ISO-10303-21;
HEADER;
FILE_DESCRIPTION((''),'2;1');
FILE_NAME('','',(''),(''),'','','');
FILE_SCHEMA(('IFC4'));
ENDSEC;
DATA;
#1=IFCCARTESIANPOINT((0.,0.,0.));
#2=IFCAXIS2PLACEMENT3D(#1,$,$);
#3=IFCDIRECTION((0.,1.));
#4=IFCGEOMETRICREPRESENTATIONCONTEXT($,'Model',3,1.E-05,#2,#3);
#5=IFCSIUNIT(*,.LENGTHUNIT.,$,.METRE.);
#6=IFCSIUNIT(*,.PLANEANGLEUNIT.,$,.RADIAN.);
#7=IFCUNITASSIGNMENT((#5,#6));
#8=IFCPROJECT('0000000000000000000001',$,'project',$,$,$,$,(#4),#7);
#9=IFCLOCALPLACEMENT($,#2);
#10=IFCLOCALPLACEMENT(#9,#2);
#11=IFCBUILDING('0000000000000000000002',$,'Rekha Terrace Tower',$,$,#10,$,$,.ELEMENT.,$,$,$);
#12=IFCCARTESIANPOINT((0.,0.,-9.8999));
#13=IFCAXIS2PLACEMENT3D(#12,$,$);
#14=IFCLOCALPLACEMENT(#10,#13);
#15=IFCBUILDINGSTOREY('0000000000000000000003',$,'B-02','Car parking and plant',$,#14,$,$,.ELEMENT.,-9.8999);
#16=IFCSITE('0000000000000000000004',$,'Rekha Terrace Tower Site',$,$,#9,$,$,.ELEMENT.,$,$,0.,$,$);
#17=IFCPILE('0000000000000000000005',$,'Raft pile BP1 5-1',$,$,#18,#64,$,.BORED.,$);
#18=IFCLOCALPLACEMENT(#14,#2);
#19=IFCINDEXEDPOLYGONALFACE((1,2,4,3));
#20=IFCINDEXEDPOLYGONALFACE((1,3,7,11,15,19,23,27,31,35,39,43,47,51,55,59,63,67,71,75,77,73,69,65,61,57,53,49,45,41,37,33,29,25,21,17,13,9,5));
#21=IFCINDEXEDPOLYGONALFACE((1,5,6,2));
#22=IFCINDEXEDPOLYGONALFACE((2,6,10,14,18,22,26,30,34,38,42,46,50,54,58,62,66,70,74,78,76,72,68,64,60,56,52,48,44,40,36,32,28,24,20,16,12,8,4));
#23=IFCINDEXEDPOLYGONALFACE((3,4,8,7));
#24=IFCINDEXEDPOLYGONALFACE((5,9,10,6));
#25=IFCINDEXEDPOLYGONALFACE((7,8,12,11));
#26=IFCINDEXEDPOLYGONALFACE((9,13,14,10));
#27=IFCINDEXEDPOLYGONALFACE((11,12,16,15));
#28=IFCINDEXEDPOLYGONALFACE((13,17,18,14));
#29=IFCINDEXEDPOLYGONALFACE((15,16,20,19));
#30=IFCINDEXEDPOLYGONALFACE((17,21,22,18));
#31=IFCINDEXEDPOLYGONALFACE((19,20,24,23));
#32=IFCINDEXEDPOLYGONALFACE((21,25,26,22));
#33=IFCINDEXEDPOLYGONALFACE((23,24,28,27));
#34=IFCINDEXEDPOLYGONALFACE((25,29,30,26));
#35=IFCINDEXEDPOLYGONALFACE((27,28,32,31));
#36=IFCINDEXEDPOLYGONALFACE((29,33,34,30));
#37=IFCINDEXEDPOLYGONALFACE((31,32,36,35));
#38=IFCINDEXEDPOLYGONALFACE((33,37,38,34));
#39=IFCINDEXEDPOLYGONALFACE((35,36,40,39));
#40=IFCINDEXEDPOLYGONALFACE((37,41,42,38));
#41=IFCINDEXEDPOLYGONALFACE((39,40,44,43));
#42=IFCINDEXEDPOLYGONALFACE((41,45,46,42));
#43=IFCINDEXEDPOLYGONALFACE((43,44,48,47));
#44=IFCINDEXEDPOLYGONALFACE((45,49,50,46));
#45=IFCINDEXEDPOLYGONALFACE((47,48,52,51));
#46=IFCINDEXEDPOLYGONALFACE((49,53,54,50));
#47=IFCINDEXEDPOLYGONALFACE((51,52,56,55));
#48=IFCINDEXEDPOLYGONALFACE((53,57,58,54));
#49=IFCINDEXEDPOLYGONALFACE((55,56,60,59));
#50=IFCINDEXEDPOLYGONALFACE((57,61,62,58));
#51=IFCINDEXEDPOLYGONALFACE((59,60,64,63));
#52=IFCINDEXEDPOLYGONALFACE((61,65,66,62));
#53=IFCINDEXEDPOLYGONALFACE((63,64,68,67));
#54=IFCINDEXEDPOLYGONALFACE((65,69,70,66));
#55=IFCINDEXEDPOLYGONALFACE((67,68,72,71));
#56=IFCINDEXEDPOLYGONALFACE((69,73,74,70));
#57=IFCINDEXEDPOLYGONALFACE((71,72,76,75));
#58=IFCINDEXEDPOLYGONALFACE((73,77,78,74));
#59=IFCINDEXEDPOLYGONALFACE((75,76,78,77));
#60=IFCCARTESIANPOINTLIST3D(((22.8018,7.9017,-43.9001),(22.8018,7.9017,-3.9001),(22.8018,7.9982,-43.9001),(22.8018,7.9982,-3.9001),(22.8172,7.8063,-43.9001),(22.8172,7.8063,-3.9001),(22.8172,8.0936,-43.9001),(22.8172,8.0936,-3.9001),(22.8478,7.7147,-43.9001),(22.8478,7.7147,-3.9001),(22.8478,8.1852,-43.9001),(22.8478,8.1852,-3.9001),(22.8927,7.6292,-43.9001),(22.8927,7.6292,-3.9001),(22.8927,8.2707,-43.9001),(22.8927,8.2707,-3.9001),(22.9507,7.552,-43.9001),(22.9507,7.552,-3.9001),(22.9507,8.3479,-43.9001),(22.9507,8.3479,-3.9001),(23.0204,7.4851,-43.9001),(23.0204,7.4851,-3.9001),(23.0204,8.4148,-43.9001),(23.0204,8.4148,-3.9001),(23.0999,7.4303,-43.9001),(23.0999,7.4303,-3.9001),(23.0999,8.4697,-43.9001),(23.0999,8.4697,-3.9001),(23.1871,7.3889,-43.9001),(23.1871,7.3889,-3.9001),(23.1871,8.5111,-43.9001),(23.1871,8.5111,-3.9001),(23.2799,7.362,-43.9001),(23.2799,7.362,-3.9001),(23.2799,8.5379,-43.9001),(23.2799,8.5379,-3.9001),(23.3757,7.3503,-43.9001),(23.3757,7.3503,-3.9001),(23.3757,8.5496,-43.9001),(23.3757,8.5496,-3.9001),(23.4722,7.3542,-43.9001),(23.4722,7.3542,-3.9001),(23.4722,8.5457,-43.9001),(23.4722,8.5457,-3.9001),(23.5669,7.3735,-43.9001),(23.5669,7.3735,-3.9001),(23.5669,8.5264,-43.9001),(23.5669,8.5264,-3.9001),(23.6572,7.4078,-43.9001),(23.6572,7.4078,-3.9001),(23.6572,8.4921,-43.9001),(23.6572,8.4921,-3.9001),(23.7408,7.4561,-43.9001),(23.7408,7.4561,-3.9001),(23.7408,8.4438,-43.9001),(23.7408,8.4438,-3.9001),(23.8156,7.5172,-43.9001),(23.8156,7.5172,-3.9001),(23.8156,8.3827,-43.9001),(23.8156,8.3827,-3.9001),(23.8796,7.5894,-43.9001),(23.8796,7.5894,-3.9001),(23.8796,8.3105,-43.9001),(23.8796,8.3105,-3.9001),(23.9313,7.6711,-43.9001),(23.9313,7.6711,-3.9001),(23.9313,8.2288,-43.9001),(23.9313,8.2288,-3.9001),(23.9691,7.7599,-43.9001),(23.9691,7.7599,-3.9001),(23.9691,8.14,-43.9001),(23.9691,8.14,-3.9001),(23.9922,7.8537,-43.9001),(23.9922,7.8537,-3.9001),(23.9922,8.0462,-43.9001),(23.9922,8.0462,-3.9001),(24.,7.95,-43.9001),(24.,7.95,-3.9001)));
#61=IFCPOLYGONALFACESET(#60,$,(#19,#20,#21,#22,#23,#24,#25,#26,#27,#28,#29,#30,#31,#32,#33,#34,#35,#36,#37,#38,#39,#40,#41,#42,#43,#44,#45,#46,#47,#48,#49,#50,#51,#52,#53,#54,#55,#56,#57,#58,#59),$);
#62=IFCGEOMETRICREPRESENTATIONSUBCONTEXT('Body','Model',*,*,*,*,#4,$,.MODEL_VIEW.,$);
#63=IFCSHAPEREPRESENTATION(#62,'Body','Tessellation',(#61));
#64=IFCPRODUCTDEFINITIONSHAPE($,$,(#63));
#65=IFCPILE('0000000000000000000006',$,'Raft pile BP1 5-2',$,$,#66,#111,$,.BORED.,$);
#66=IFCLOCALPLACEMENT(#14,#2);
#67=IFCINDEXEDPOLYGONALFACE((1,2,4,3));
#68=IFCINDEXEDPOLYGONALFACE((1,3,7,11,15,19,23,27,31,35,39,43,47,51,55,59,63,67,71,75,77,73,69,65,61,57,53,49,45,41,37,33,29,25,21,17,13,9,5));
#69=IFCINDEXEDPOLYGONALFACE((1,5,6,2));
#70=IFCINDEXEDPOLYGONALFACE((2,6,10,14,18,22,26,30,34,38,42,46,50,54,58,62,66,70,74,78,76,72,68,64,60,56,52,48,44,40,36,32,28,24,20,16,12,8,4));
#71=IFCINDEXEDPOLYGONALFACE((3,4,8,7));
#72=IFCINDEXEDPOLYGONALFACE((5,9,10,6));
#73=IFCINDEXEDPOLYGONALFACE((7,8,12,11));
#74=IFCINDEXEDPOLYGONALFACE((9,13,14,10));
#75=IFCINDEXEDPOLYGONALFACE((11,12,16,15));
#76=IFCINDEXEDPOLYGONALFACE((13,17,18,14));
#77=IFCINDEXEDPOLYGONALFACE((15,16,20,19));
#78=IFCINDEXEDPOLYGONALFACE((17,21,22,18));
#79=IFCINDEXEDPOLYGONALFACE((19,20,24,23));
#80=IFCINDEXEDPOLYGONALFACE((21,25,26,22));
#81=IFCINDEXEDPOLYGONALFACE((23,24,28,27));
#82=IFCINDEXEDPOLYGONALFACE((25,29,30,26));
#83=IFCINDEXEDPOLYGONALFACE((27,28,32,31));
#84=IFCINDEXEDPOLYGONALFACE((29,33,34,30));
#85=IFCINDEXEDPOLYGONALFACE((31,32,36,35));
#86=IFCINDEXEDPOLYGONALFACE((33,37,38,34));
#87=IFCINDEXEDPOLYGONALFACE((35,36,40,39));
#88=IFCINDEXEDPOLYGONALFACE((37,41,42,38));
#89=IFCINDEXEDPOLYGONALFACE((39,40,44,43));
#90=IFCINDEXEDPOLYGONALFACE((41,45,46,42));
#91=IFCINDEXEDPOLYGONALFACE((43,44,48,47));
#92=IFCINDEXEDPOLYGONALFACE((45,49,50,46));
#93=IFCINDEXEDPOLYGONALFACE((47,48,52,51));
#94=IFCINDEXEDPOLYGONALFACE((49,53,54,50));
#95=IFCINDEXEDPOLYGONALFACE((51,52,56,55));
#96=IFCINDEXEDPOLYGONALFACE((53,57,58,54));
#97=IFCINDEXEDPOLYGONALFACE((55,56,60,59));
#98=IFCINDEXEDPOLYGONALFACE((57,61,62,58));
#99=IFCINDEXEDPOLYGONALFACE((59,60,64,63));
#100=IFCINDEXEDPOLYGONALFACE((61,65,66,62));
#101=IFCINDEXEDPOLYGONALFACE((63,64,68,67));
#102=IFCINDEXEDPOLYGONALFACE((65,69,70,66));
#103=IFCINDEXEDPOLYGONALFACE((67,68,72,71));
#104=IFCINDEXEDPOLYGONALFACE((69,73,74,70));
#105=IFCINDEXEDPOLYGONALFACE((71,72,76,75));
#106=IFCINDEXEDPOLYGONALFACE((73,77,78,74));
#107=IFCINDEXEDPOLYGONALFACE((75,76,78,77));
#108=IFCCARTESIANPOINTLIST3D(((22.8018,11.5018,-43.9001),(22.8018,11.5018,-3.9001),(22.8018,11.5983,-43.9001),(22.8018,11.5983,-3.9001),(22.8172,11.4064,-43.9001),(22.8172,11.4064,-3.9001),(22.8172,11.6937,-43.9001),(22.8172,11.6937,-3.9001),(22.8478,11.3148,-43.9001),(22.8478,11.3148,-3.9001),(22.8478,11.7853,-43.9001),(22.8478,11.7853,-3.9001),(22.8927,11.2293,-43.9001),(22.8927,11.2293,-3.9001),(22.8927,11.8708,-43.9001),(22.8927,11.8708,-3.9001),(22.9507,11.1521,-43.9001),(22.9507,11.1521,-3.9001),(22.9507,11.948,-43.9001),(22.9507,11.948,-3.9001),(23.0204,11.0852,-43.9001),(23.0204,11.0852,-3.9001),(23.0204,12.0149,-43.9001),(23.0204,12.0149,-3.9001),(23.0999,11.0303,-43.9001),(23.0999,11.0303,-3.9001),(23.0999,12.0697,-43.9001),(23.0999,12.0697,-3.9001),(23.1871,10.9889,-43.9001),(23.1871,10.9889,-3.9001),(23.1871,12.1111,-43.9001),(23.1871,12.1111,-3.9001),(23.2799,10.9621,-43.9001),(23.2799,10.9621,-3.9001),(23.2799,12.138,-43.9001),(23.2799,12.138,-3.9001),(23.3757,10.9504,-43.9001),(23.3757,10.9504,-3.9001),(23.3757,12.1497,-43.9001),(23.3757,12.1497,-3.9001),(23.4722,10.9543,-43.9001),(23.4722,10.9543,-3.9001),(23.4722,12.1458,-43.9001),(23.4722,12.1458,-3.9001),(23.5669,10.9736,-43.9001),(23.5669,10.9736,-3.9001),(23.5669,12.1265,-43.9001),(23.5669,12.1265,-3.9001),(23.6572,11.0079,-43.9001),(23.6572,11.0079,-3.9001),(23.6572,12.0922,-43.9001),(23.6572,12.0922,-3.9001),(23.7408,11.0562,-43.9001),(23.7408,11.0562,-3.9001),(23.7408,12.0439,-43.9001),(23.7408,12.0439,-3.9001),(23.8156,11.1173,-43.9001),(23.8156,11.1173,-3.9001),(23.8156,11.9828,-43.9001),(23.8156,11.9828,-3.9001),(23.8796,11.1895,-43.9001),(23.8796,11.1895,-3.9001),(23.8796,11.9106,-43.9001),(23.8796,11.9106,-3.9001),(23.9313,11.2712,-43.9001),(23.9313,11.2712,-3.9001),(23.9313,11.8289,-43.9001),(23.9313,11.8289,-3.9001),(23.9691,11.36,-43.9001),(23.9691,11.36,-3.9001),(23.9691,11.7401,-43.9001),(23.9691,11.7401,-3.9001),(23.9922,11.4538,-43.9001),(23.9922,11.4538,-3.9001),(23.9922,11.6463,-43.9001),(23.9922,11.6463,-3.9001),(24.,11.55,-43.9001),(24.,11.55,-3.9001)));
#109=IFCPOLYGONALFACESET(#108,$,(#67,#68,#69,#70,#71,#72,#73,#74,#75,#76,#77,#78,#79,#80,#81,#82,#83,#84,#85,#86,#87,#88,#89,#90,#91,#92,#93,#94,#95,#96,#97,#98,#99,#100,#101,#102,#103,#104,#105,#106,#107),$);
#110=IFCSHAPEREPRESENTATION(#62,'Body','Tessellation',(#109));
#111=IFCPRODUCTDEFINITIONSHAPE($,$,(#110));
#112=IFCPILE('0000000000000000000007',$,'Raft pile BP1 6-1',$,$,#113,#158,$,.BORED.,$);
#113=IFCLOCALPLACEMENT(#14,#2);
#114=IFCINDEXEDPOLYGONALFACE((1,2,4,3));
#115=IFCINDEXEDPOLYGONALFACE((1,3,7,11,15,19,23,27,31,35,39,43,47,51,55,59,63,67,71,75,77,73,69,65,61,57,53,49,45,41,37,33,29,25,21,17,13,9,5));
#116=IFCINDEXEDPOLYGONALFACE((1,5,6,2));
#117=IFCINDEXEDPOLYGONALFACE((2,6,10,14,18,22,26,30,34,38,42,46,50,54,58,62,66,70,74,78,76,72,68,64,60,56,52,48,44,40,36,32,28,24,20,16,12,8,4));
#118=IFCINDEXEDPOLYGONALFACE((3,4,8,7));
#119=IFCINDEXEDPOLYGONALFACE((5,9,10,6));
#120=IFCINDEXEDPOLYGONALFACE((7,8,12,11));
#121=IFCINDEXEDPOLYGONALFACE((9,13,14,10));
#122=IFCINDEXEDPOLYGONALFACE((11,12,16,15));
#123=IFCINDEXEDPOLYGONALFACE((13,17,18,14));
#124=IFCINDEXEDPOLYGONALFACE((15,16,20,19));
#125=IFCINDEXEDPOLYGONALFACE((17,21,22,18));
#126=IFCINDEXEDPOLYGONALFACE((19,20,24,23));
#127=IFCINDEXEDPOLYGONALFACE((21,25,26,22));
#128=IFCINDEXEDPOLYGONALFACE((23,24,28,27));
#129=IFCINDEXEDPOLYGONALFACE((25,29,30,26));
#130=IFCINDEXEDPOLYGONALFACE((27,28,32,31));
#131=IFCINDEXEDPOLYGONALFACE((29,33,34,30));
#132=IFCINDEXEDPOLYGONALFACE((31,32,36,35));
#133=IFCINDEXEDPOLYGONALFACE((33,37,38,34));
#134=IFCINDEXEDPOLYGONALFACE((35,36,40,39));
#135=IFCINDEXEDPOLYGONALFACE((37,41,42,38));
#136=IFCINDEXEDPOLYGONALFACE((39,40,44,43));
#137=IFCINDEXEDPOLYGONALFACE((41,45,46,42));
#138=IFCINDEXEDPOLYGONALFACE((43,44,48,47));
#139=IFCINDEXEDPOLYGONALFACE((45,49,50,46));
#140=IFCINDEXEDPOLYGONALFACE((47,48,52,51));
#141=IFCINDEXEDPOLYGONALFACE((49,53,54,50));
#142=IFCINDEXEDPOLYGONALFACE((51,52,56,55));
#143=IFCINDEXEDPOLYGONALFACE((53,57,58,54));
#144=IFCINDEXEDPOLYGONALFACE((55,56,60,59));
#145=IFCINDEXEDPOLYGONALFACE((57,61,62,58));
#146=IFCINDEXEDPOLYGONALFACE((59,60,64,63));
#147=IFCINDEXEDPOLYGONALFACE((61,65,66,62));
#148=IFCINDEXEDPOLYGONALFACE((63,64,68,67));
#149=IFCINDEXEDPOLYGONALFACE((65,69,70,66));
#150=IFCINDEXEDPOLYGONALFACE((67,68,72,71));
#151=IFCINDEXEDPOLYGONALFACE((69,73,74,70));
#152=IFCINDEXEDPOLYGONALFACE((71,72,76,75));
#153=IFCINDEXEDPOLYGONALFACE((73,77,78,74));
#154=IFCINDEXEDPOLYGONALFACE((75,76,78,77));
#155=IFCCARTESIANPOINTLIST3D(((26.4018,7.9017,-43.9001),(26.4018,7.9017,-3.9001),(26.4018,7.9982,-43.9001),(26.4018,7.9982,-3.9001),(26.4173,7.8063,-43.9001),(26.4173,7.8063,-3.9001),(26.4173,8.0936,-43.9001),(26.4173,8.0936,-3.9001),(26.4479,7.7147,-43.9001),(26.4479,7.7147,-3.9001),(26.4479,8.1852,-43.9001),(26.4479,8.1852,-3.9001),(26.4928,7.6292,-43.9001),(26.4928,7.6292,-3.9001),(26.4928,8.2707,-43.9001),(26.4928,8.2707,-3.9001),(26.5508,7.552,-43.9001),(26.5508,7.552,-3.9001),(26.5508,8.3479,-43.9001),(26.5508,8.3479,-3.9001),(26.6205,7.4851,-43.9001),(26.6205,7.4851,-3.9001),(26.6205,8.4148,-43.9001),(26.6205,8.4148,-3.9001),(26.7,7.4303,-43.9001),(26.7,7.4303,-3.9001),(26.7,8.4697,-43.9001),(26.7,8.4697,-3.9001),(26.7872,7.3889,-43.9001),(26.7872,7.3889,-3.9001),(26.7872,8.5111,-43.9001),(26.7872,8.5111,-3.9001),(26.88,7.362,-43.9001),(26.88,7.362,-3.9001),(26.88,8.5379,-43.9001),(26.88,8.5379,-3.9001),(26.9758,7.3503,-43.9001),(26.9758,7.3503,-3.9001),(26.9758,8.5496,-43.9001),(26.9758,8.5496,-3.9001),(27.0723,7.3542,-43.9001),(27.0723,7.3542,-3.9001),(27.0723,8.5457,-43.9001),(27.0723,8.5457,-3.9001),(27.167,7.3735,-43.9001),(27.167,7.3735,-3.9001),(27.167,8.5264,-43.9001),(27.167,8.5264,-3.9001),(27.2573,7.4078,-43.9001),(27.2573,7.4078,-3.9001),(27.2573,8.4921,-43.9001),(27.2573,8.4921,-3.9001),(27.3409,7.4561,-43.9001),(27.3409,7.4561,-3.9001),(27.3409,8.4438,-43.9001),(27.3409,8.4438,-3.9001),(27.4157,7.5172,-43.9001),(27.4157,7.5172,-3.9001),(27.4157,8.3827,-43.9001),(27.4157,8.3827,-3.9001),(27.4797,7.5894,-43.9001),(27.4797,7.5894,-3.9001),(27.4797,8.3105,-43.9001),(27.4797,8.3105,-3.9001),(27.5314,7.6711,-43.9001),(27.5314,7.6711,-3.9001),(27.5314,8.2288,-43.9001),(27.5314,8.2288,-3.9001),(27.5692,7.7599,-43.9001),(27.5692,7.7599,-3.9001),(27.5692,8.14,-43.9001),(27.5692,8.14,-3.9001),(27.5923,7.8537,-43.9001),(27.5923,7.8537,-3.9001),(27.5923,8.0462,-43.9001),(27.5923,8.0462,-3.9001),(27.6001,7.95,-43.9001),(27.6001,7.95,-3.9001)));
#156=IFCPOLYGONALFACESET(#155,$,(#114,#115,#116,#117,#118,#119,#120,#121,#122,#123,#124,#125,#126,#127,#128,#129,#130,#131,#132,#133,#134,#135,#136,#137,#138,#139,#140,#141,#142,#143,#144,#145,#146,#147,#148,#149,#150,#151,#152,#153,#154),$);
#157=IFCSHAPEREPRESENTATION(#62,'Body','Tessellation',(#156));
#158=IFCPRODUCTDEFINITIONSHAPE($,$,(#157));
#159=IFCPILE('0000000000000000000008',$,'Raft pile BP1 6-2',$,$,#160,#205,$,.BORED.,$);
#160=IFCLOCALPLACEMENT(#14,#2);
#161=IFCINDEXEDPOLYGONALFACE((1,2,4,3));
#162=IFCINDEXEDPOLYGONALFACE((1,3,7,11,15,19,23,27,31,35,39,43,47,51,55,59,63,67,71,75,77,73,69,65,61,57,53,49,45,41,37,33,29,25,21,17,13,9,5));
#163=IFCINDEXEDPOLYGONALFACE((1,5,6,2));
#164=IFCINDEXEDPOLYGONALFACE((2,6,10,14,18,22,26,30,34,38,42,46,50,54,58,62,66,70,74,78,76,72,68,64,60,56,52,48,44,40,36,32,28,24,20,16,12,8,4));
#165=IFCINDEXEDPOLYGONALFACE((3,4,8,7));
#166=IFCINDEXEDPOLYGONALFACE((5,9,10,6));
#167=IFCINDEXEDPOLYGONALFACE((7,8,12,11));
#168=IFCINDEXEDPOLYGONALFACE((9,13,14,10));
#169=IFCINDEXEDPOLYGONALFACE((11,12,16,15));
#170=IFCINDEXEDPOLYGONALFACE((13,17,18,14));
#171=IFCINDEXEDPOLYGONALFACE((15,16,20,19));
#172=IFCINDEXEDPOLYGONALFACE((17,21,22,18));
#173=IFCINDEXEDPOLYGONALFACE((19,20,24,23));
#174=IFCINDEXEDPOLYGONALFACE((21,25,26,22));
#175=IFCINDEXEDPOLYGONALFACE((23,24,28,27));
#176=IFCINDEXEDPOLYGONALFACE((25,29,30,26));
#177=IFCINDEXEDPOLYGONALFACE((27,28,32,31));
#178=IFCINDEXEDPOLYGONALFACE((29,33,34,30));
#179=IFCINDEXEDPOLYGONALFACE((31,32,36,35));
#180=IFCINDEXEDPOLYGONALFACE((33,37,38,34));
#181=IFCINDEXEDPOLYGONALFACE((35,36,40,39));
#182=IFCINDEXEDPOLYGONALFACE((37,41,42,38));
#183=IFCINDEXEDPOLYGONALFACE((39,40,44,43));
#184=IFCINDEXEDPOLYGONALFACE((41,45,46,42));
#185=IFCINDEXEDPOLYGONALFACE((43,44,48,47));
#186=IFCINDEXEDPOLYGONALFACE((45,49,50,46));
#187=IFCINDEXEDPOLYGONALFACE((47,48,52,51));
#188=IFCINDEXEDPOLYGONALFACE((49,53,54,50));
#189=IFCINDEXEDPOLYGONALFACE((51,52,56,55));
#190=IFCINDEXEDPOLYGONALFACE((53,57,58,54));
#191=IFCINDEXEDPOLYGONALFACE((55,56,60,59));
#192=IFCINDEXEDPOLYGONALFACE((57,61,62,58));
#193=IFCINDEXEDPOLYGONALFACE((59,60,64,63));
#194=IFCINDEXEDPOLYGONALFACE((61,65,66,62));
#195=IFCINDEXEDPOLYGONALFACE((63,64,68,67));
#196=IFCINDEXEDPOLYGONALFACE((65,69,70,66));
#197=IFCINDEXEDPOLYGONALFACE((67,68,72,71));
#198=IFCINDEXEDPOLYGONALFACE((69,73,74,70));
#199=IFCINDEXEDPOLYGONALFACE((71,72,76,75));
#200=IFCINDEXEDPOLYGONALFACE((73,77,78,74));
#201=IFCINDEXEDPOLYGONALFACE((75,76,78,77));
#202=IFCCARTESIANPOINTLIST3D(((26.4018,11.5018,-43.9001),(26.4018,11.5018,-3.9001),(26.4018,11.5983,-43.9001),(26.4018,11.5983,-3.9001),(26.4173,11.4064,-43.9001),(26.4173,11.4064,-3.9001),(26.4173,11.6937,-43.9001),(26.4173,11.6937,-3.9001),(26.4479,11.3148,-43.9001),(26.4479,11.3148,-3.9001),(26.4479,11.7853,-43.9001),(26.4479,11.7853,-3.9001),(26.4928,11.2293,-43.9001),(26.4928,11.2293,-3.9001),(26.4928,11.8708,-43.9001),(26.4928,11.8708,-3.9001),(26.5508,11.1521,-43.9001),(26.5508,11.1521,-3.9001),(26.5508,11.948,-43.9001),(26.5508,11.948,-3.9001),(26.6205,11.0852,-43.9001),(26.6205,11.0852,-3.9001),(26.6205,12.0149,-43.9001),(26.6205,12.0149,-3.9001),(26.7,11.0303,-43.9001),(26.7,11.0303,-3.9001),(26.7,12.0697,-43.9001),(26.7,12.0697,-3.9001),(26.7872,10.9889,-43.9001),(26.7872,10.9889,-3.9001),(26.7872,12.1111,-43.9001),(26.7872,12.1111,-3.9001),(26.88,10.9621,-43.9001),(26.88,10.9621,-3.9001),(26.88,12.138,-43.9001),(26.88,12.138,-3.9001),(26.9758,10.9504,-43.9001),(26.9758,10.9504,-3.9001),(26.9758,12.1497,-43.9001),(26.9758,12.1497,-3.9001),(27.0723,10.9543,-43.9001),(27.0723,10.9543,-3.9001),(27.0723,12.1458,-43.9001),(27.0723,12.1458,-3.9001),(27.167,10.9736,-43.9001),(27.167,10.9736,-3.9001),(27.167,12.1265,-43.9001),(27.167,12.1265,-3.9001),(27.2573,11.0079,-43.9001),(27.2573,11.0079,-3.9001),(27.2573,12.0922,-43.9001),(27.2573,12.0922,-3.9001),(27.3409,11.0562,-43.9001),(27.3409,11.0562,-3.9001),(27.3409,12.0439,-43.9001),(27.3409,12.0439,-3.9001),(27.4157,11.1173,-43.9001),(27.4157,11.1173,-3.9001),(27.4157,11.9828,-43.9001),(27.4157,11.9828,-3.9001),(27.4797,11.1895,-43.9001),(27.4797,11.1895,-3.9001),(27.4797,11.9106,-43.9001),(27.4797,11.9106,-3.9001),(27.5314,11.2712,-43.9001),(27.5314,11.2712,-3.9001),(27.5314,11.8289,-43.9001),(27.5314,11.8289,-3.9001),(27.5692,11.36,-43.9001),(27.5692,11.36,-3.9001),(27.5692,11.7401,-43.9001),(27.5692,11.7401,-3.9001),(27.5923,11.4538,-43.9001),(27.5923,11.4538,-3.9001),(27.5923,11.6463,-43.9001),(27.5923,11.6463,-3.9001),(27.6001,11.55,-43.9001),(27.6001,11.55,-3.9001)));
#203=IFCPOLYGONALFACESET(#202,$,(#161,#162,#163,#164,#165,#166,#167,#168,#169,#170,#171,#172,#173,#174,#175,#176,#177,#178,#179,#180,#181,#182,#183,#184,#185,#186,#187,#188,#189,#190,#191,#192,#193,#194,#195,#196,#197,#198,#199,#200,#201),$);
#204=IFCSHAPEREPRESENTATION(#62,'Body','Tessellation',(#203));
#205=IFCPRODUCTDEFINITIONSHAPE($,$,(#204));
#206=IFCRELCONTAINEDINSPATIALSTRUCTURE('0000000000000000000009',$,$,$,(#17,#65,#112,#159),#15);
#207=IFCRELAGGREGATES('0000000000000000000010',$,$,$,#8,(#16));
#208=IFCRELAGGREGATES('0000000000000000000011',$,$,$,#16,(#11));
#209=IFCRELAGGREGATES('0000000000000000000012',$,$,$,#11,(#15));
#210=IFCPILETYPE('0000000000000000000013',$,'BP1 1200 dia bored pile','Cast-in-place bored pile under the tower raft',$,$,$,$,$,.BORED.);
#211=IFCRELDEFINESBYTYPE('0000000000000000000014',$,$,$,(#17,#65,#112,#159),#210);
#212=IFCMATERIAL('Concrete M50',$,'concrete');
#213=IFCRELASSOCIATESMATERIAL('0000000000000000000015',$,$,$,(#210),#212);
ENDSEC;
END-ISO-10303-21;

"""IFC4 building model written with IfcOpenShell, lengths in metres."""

from ifc_helpers import new_model, si_unit, direction, frame, origin, origin_2d, place, context, subcontext, project, spatial, circle, extrude, material, type_object, element, save


model = new_model("IFC4")

# Units and contexts
model_context = context("Model", 3, precision=1e-05, world=origin(), true_north=direction((0.0, 1.0)))
body_context = subcontext(model_context, "Body", "Model", "MODEL_VIEW")
ifc_project = project(units=[si_unit("LENGTHUNIT", "METRE"), si_unit("PLANEANGLEUNIT", "RADIAN")], contexts=[model_context])

# Site, building, storey
site_placement = place(None, origin())
site = spatial("IfcSite", under=ifc_project, at=site_placement, Name="Rekha Terrace Tower Site", CompositionType="ELEMENT", RefElevation=0.0)
building_placement = place(site_placement, origin())
building = spatial("IfcBuilding", under=site, at=building_placement, Name="Rekha Terrace Tower", CompositionType="ELEMENT")
storey_placement = place(building_placement, frame((0.0, 0.0, -9.8999)))
storey = spatial("IfcBuildingStorey", under=building, at=storey_placement, Name="B-02", Description="Car parking and plant", CompositionType="ELEMENT", Elevation=-9.8999)

# Piles
ifc_material_1 = material(Name="Concrete M50", Category="concrete")
pile_type_1 = type_object("IfcPileType", Name="BP1 1200 dia bored pile", Description="Cast-in-place bored pile under the tower raft", PredefinedType="BORED", material=ifc_material_1)
for number, where, z_axis, x_axis, name in (
    (1, (23.3999, 7.95, -3.9001), (0.0, 0.0, -1.0), (1.0, 0.0, 0.0), "Raft pile BP1 5-1"),
    (2, (23.3999, 11.55, -3.9001), (0.0, 0.0, -1.0), (1.0, 0.0, 0.0), "Raft pile BP1 5-2"),
    (3, (27.0, 7.95, -3.9001), (0.0, 0.0, -1.0), (1.0, 0.0, 0.0), "Raft pile BP1 6-1"),
    (4, (27.0, 11.55, -3.9001), (0.0, 0.0, -1.0), (1.0, 0.0, 0.0), "Raft pile BP1 6-2"),
):
    element("IfcPile", number, at=place(storey_placement, frame(where, z_axis=z_axis, x_axis=x_axis)), inside=storey, type_object=pile_type_1, Name=name, PredefinedType="BORED", context=body_context, shape_type="SweptSolid", body=[
        extrude(circle(Radius=0.6001, at=origin_2d()), origin(), (0.0, 0.0, 1.0), 40.0),
    ])

save(model, "model.ifc")
